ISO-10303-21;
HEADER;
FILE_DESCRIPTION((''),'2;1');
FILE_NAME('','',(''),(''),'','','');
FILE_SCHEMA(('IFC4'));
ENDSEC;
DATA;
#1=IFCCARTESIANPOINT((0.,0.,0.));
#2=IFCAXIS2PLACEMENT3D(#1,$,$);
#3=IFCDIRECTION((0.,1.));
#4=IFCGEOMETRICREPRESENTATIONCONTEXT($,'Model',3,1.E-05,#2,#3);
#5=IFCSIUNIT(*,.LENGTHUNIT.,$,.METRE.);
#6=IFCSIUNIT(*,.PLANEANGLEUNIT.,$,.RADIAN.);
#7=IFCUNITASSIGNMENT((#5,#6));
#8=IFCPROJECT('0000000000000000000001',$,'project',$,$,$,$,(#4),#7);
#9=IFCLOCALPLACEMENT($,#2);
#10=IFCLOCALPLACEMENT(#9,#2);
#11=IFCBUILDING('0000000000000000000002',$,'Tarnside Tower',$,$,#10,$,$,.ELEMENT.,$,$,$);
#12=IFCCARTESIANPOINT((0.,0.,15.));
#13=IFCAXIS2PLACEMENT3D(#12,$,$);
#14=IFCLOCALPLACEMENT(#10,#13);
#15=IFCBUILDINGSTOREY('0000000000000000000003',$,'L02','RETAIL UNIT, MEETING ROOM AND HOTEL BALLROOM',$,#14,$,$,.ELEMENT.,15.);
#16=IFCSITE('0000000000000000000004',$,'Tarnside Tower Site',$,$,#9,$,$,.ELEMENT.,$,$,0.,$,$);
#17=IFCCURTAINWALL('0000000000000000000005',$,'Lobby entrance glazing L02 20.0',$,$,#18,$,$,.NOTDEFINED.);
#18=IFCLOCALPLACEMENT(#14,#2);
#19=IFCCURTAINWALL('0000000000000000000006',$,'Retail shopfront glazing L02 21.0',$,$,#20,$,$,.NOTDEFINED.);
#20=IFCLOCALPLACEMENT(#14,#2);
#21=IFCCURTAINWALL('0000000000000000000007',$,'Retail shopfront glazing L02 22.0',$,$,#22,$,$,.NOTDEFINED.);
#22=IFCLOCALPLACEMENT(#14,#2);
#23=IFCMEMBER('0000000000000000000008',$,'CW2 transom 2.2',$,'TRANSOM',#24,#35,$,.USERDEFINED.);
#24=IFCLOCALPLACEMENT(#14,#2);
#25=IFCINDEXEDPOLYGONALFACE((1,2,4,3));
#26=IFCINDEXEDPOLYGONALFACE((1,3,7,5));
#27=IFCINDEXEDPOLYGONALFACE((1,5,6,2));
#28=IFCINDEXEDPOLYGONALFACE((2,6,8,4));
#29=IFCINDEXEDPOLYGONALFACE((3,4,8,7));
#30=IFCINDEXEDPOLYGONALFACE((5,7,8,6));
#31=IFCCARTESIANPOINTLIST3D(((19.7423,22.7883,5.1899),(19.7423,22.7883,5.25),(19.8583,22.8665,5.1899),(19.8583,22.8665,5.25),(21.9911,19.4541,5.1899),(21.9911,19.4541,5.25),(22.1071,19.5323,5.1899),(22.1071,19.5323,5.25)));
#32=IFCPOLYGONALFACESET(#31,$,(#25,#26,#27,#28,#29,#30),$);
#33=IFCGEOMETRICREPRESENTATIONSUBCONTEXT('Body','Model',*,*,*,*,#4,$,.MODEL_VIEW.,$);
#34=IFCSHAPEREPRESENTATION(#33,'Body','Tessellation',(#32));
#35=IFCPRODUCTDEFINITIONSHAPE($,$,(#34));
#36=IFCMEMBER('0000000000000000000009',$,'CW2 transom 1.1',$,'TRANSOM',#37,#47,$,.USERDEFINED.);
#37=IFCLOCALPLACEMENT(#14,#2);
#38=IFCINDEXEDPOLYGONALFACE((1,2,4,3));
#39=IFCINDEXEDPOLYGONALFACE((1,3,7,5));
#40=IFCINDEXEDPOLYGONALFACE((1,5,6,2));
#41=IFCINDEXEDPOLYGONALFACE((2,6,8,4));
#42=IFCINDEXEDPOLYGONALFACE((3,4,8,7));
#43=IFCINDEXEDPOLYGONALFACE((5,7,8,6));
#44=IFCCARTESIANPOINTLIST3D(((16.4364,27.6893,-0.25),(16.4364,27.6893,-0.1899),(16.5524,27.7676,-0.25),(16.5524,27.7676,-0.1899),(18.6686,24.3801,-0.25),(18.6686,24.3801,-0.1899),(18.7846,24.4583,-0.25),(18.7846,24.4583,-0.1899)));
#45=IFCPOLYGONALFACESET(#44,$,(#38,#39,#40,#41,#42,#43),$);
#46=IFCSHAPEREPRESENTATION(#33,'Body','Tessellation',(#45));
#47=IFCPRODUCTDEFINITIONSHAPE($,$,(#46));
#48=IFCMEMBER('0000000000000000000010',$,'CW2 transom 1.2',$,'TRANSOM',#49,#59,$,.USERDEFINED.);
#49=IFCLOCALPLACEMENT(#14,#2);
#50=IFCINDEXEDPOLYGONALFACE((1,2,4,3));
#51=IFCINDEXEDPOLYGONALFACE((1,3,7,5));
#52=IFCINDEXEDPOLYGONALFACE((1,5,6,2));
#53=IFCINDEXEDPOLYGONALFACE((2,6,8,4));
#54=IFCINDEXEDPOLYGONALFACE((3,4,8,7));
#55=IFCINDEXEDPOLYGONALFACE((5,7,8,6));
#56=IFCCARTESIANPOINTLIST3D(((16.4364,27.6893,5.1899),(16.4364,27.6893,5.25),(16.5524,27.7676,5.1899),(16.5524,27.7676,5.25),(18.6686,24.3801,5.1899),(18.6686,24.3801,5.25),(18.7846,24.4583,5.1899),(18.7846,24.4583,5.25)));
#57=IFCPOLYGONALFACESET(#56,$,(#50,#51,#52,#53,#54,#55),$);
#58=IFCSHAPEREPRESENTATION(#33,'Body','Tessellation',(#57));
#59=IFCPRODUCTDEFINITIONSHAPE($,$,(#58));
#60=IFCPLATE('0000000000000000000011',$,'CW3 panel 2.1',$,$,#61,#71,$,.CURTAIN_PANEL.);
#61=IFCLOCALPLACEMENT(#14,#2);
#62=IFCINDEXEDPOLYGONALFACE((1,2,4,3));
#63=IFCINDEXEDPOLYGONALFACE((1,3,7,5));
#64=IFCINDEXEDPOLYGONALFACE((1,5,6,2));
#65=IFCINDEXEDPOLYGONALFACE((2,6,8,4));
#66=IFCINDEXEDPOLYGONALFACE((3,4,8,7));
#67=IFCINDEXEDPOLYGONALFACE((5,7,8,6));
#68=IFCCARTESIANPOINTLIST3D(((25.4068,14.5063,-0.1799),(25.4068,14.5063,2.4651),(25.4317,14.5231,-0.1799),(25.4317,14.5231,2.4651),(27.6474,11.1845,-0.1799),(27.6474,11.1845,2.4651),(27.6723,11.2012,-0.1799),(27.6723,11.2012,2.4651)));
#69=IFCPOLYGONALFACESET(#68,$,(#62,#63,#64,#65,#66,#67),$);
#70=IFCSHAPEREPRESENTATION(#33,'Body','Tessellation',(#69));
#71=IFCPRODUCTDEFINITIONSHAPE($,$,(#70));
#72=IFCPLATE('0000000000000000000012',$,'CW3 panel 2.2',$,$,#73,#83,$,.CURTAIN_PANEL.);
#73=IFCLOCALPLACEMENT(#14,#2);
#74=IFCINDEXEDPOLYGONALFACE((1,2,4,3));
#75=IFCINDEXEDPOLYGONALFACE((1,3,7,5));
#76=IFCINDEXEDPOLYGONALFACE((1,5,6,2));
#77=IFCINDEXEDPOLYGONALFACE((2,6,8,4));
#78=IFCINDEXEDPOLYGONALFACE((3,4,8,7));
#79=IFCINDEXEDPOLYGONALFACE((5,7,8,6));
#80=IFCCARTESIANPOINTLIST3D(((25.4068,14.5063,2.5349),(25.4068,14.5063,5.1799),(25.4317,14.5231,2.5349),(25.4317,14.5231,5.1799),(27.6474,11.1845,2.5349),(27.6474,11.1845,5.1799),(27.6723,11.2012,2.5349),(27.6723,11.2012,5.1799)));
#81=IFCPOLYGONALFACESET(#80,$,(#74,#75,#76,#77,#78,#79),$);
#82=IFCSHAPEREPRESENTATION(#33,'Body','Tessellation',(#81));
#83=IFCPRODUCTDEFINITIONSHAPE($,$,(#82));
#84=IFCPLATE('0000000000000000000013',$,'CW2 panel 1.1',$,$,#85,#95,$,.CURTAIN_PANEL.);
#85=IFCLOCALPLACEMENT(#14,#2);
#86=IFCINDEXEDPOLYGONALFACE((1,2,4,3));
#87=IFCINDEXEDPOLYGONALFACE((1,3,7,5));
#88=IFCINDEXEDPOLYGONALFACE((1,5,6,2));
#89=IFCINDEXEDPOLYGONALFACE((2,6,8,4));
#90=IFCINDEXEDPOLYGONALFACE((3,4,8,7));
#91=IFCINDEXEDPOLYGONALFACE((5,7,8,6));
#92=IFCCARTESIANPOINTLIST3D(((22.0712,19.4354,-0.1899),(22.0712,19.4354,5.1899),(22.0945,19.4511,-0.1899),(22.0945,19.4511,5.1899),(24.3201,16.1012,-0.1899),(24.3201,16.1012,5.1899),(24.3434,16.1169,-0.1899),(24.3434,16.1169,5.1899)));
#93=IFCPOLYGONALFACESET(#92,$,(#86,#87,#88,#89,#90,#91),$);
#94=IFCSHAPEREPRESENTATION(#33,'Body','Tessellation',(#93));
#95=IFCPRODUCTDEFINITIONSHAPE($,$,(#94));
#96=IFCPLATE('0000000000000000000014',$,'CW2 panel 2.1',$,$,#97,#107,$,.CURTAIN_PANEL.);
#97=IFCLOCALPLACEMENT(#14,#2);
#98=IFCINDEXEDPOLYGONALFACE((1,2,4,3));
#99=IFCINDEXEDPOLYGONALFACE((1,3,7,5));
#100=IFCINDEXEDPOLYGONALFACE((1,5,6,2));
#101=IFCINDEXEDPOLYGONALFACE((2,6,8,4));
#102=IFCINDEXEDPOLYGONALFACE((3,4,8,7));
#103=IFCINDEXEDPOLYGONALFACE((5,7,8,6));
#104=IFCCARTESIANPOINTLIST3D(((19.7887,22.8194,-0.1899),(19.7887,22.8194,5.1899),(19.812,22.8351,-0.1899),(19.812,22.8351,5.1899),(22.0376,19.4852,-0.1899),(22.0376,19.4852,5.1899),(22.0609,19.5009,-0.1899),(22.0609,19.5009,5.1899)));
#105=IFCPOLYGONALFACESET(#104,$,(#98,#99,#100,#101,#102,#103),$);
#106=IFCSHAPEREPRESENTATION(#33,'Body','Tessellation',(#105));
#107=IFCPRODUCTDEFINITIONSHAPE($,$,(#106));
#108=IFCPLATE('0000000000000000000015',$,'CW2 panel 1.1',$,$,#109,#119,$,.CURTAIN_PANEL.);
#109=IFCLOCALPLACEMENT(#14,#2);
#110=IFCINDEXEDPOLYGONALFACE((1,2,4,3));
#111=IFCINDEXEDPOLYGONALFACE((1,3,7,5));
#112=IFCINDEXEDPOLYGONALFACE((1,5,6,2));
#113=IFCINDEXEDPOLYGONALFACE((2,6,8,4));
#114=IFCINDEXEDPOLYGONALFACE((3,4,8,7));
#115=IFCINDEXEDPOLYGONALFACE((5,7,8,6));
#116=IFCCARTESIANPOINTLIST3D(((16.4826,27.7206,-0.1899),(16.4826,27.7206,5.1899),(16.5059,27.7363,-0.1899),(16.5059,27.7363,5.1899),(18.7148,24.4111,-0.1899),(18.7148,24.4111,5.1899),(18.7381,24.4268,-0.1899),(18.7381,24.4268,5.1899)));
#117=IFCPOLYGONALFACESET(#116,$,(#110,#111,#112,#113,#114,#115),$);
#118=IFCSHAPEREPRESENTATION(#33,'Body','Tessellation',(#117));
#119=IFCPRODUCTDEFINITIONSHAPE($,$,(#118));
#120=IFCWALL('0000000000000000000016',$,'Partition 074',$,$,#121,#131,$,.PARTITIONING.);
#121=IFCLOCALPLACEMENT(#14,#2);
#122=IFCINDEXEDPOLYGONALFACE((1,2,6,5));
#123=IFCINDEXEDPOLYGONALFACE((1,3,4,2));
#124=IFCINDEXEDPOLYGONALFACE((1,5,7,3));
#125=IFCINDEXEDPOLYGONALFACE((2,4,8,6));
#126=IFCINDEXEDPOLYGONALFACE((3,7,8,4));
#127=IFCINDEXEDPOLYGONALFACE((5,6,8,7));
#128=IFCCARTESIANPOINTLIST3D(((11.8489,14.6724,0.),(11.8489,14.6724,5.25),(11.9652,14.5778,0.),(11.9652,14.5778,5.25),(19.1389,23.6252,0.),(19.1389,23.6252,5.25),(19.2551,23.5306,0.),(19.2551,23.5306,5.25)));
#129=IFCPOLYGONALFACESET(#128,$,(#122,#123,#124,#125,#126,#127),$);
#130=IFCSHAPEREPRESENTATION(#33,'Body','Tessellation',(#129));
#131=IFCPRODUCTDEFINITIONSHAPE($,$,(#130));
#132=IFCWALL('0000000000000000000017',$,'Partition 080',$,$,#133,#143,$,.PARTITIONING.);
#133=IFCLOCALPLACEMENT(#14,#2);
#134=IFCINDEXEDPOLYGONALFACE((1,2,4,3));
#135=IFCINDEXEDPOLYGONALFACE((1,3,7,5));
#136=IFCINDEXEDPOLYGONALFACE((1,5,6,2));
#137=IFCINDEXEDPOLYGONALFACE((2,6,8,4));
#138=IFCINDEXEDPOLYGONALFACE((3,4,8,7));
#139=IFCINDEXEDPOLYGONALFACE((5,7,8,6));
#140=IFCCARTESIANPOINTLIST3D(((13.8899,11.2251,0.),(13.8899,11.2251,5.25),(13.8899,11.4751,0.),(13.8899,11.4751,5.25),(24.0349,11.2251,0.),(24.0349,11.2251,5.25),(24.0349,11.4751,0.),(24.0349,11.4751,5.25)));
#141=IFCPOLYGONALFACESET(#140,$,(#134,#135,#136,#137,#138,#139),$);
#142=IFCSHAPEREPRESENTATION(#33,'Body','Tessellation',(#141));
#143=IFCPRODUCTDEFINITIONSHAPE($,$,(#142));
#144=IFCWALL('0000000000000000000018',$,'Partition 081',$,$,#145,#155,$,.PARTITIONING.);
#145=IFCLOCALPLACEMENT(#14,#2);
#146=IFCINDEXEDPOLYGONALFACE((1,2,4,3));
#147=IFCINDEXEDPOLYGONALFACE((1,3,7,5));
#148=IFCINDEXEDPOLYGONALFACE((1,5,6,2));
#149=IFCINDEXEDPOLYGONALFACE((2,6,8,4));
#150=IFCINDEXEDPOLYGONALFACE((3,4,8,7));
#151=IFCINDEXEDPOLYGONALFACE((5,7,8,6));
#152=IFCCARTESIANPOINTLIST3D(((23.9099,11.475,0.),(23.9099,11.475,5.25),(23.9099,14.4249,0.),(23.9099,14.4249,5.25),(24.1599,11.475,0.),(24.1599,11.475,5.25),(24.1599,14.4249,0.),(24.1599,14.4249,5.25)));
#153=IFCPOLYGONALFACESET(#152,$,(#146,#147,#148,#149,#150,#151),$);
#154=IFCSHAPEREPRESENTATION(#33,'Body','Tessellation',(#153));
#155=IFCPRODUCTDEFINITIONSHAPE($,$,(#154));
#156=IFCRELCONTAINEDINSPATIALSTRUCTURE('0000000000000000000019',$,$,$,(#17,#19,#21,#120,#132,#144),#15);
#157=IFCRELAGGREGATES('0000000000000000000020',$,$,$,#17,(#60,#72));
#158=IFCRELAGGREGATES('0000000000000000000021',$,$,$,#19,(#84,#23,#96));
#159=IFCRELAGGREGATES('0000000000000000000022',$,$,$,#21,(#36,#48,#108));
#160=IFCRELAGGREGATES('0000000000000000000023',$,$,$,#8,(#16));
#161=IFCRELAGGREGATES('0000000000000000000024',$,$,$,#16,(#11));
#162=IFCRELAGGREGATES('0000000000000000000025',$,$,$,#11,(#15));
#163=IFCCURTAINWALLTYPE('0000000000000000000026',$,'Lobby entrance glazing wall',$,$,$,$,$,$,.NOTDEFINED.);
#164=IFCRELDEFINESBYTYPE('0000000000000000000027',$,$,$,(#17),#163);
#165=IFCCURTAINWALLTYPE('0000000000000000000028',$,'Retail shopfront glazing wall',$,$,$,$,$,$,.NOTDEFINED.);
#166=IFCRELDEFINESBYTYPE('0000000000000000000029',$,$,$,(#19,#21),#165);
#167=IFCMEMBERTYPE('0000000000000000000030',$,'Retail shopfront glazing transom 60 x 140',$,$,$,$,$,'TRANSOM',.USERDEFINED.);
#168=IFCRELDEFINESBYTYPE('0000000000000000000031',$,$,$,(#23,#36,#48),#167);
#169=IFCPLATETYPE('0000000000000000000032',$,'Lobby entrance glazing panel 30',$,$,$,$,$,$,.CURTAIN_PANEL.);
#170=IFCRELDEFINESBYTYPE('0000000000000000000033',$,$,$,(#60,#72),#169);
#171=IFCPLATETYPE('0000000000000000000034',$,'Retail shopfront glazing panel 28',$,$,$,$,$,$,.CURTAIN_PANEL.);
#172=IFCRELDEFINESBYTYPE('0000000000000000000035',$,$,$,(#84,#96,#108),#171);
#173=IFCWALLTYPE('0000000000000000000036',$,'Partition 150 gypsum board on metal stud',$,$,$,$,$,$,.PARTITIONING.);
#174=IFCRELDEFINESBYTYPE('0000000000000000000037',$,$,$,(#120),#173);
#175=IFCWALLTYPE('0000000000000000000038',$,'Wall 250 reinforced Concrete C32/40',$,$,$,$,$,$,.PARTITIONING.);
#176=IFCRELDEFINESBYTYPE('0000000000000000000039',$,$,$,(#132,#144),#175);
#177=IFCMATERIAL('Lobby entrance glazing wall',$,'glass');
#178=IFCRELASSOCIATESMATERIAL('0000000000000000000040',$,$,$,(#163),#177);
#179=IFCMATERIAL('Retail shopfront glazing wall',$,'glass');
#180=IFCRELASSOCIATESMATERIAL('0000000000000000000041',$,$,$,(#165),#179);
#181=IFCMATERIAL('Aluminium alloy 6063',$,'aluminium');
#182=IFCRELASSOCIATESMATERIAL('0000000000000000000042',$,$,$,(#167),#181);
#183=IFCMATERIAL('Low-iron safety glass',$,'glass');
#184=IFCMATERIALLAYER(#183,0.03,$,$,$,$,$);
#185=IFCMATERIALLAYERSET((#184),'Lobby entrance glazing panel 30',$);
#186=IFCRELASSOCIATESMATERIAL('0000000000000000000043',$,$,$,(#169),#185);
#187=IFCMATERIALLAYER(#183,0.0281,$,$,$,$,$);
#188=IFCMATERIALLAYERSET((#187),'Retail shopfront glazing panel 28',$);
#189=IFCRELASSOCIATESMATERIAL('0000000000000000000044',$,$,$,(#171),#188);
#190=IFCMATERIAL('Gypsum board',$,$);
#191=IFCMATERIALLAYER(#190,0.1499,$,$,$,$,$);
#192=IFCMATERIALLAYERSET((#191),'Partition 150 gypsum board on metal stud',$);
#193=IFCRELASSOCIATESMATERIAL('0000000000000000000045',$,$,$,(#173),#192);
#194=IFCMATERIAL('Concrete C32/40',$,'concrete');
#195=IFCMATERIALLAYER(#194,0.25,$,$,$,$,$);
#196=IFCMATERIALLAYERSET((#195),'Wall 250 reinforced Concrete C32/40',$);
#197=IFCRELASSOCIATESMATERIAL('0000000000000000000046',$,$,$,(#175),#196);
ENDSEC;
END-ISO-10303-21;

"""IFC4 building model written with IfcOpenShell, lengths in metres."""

from ifc_helpers import new_model, si_unit, direction, frame, frame_2d, origin, origin_2d, place, context, subcontext, project, spatial, rectangle, extrude, material, layer, layer_set, material_profile, profile_set, type_object, element, aggregate, save


model = new_model("IFC4")

# Units and contexts
model_context = context("Model", 3, precision=1e-05, world=origin(), true_north=direction((0.0, 1.0)))
body_context = subcontext(model_context, "Body", "Model", "MODEL_VIEW")
ifc_project = project(units=[si_unit("LENGTHUNIT", "METRE"), si_unit("PLANEANGLEUNIT", "RADIAN")], contexts=[model_context])

# Site, building, storey
site_placement = place(None, origin())
site = spatial("IfcSite", under=ifc_project, at=site_placement, Name="Tarnside Tower Site", CompositionType="ELEMENT", RefElevation=0.0)
building_placement = place(site_placement, origin())
building = spatial("IfcBuilding", under=site, at=building_placement, Name="Tarnside Tower", CompositionType="ELEMENT")
storey_placement = place(building_placement, frame((0.0, 0.0, 15.0)))
storey = spatial("IfcBuildingStorey", under=building, at=storey_placement, Name="L02", Description="RETAIL UNIT, MEETING ROOM AND HOTEL BALLROOM", CompositionType="ELEMENT", Elevation=15.0)

# Curtain wall
ifc_material_1 = material(Name="Lobby entrance glazing wall", Category="glass")
curtain_wall_type_1 = type_object("IfcCurtainWallType", Name="Lobby entrance glazing wall", PredefinedType="NOTDEFINED", material=ifc_material_1)
curtain_wall_1_placement = place(storey_placement, origin())
curtain_wall_1 = element("IfcCurtainWall", 1, at=curtain_wall_1_placement, inside=storey, type_object=curtain_wall_type_1, Name="Lobby entrance glazing L02 20.0", PredefinedType="NOTDEFINED")
ifc_material_2 = material(Name="Aluminium alloy 6063", Category="aluminium")

# Curtain wall
ifc_material_3 = material(Name="Retail shopfront glazing wall", Category="glass")
curtain_wall_type_2 = type_object("IfcCurtainWallType", Name="Retail shopfront glazing wall", PredefinedType="NOTDEFINED", material=ifc_material_3)
curtain_wall_2_placement = place(storey_placement, origin())
curtain_wall_2 = element("IfcCurtainWall", 2, at=curtain_wall_2_placement, inside=storey, type_object=curtain_wall_type_2, Name="Retail shopfront glazing L02 21.0", PredefinedType="NOTDEFINED")

# Curtain wall
curtain_wall_3_placement = place(storey_placement, origin())
curtain_wall_3 = element("IfcCurtainWall", 3, at=curtain_wall_3_placement, inside=storey, type_object=curtain_wall_type_2, Name="Retail shopfront glazing L02 22.0", PredefinedType="NOTDEFINED")

# Members
ifc_material_profile_1 = material_profile(ifc_material_2, rectangle(XDim=0.1399, YDim=0.0601, at=origin_2d()), Name="Retail shopfront glazing transom 60 x 140")
ifc_profile_set_1 = profile_set([ifc_material_profile_1], Name="Aluminium alloy 6063")
member_type_1 = type_object("IfcMemberType", Name="Retail shopfront glazing transom 60 x 140", ElementType="TRANSOM", PredefinedType="USERDEFINED", material=ifc_profile_set_1)
member_1_placement = place(storey_placement, frame((22.0491, 19.4932, 5.22), z_axis=(-0.559161, 0.829059, 0.0), x_axis=(-0.829059, -0.559161, 0.0)))
member_1 = element("IfcMember", 4, at=member_1_placement, type_object=member_type_1, Name="CW2 transom 2.2", ObjectType="TRANSOM", PredefinedType="USERDEFINED", context=body_context, shape_type="SweptSolid", body=[
    extrude(rectangle(XDim=0.1399, YDim=0.0601, at=origin_2d()), origin(), (0.0, 0.0, 1.0), 4.0217),
])
member_2_placement = place(storey_placement, frame((18.7266, 24.4192, -0.22), z_axis=(-0.559194, 0.829037, 0.0), x_axis=(-0.829037, -0.559194, 0.0)))
member_2 = element("IfcMember", 5, at=member_2_placement, type_object=member_type_1, Name="CW2 transom 1.1", ObjectType="TRANSOM", PredefinedType="USERDEFINED", context=body_context, shape_type="SweptSolid", body=[
    extrude(rectangle(XDim=0.1399, YDim=0.0601, at=origin_2d()), origin(), (0.0, 0.0, 1.0), 3.9917),
])
member_3_placement = place(storey_placement, frame((18.7266, 24.4192, 5.22), z_axis=(-0.559194, 0.829037, 0.0), x_axis=(-0.829037, -0.559194, 0.0)))
member_3 = element("IfcMember", 6, at=member_3_placement, type_object=member_type_1, Name="CW2 transom 1.2", ObjectType="TRANSOM", PredefinedType="USERDEFINED", context=body_context, shape_type="SweptSolid", body=[
    extrude(rectangle(XDim=0.1399, YDim=0.0601, at=origin_2d()), origin(), (0.0, 0.0, 1.0), 3.9917),
])

# Plates
ifc_material_4 = material(Name="Low-iron safety glass", Category="glass")
ifc_layer_1 = layer(ifc_material_4, 0.03)
ifc_layer_set_1 = layer_set([ifc_layer_1], Name="Lobby entrance glazing panel 30")
plate_type_1 = type_object("IfcPlateType", Name="Lobby entrance glazing panel 30", PredefinedType="CURTAIN_PANEL", material=ifc_layer_set_1)
plate_1_placement = place(storey_placement, frame((26.5396, 12.8538, -0.1799), z_axis=(0.0, 0.0, 1.0), x_axis=(-0.559193, 0.829038, 0.0)))
plate_1 = element("IfcPlate", 7, at=plate_1_placement, type_object=plate_type_1, Name="CW3 panel 2.1", PredefinedType="CURTAIN_PANEL", context=body_context, shape_type="SweptSolid", body=[
    extrude(rectangle(XDim=4.0068, YDim=0.03, at=origin_2d()), origin(), (0.0, 0.0, 1.0), 2.645),
])
plate_2_placement = place(storey_placement, frame((26.5396, 12.8538, 2.5349), z_axis=(0.0, 0.0, 1.0), x_axis=(-0.559193, 0.829038, 0.0)))
plate_2 = element("IfcPlate", 8, at=plate_2_placement, type_object=plate_type_1, Name="CW3 panel 2.2", PredefinedType="CURTAIN_PANEL", context=body_context, shape_type="SweptSolid", body=[
    extrude(rectangle(XDim=4.0068, YDim=0.03, at=origin_2d()), origin(), (0.0, 0.0, 1.0), 2.645),
])
aggregate(curtain_wall_1, [plate_1, plate_2])
ifc_layer_2 = layer(ifc_material_4, 0.0281)
ifc_layer_set_2 = layer_set([ifc_layer_2], Name="Retail shopfront glazing panel 28")
plate_type_2 = type_object("IfcPlateType", Name="Retail shopfront glazing panel 28", PredefinedType="CURTAIN_PANEL", material=ifc_layer_set_2)
plate_3_placement = place(storey_placement, frame((23.2073, 17.7761, -0.1899), z_axis=(0.0, 0.0, 1.0), x_axis=(-0.559193, 0.829038, 0.0)))
plate_3 = element("IfcPlate", 9, at=plate_3_placement, type_object=plate_type_2, Name="CW2 panel 1.1", PredefinedType="CURTAIN_PANEL", context=body_context, shape_type="SweptSolid", body=[
    extrude(rectangle(XDim=4.0217, YDim=0.0281, at=origin_2d()), origin(), (0.0, 0.0, 1.0), 5.3799),
])
plate_4_placement = place(storey_placement, frame((20.9248, 21.1602, -0.1899), z_axis=(0.0, 0.0, 1.0), x_axis=(-0.559193, 0.829038, 0.0)))
plate_4 = element("IfcPlate", 10, at=plate_4_placement, type_object=plate_type_2, Name="CW2 panel 2.1", PredefinedType="CURTAIN_PANEL", context=body_context, shape_type="SweptSolid", body=[
    extrude(rectangle(XDim=4.0217, YDim=0.0281, at=origin_2d()), origin(), (0.0, 0.0, 1.0), 5.3799),
])
aggregate(curtain_wall_2, [plate_3, member_1, plate_4])
plate_5_placement = place(storey_placement, frame((17.6104, 26.0737, -0.1899), z_axis=(0.0, 0.0, 1.0), x_axis=(-0.559193, 0.829038, 0.0)))
plate_5 = element("IfcPlate", 11, at=plate_5_placement, type_object=plate_type_2, Name="CW2 panel 1.1", PredefinedType="CURTAIN_PANEL", context=body_context, shape_type="SweptSolid", body=[
    extrude(rectangle(XDim=3.9919, YDim=0.0281, at=origin_2d()), origin(), (0.0, 0.0, 1.0), 5.3799),
])
aggregate(curtain_wall_3, [member_2, member_3, plate_5])

# Walls
ifc_material_5 = material(Name="Gypsum board")
ifc_layer_3 = layer(ifc_material_5, 0.1499)
ifc_layer_set_3 = layer_set([ifc_layer_3], Name="Partition 150 gypsum board on metal stud")
wall_type_1 = type_object("IfcWallType", Name="Partition 150 gypsum board on metal stud", PredefinedType="PARTITIONING", material=ifc_layer_set_3)
wall_1_placement = place(storey_placement, frame((19.197, 23.5779, 0.0), z_axis=(0.0, 0.0, 1.0), x_axis=(-0.631418, -0.775443, 0.0)))
element("IfcWall", 12, at=wall_1_placement, inside=storey, type_object=wall_type_1, Name="Partition 074", PredefinedType="PARTITIONING", context=body_context, shape_type="SweptSolid", body=[
    extrude(rectangle(XDim=11.5454, YDim=0.1499, at=frame_2d((5.7727, 0.0))), origin(), (0.0, 0.0, 1.0), 5.25),
])
ifc_material_6 = material(Name="Concrete C32/40", Category="concrete")
ifc_layer_4 = layer(ifc_material_6, 0.25)
ifc_layer_set_4 = layer_set([ifc_layer_4], Name="Wall 250 reinforced Concrete C32/40")
wall_type_2 = type_object("IfcWallType", Name="Wall 250 reinforced Concrete C32/40", PredefinedType="PARTITIONING", material=ifc_layer_set_4)
wall_2_placement = place(storey_placement, frame((24.0349, 11.3501, 0.0), z_axis=(0.0, 0.0, 1.0), x_axis=(-1.0, 0.0, 0.0)))
element("IfcWall", 13, at=wall_2_placement, inside=storey, type_object=wall_type_2, Name="Partition 080", PredefinedType="PARTITIONING", context=body_context, shape_type="SweptSolid", body=[
    extrude(rectangle(XDim=10.145, YDim=0.25, at=frame_2d((5.0725, 0.0))), origin(), (0.0, 0.0, 1.0), 5.25),
])
wall_3_placement = place(storey_placement, frame((24.0349, 14.425, 0.0), z_axis=(0.0, 0.0, 1.0), x_axis=(0.0, -1.0, 0.0)))
element("IfcWall", 14, at=wall_3_placement, inside=storey, type_object=wall_type_2, Name="Partition 081", PredefinedType="PARTITIONING", context=body_context, shape_type="SweptSolid", body=[
    extrude(rectangle(XDim=2.95, YDim=0.25, at=frame_2d((1.4751, 0.0))), origin(), (0.0, 0.0, 1.0), 5.25),
])

save(model, "model.ifc")
